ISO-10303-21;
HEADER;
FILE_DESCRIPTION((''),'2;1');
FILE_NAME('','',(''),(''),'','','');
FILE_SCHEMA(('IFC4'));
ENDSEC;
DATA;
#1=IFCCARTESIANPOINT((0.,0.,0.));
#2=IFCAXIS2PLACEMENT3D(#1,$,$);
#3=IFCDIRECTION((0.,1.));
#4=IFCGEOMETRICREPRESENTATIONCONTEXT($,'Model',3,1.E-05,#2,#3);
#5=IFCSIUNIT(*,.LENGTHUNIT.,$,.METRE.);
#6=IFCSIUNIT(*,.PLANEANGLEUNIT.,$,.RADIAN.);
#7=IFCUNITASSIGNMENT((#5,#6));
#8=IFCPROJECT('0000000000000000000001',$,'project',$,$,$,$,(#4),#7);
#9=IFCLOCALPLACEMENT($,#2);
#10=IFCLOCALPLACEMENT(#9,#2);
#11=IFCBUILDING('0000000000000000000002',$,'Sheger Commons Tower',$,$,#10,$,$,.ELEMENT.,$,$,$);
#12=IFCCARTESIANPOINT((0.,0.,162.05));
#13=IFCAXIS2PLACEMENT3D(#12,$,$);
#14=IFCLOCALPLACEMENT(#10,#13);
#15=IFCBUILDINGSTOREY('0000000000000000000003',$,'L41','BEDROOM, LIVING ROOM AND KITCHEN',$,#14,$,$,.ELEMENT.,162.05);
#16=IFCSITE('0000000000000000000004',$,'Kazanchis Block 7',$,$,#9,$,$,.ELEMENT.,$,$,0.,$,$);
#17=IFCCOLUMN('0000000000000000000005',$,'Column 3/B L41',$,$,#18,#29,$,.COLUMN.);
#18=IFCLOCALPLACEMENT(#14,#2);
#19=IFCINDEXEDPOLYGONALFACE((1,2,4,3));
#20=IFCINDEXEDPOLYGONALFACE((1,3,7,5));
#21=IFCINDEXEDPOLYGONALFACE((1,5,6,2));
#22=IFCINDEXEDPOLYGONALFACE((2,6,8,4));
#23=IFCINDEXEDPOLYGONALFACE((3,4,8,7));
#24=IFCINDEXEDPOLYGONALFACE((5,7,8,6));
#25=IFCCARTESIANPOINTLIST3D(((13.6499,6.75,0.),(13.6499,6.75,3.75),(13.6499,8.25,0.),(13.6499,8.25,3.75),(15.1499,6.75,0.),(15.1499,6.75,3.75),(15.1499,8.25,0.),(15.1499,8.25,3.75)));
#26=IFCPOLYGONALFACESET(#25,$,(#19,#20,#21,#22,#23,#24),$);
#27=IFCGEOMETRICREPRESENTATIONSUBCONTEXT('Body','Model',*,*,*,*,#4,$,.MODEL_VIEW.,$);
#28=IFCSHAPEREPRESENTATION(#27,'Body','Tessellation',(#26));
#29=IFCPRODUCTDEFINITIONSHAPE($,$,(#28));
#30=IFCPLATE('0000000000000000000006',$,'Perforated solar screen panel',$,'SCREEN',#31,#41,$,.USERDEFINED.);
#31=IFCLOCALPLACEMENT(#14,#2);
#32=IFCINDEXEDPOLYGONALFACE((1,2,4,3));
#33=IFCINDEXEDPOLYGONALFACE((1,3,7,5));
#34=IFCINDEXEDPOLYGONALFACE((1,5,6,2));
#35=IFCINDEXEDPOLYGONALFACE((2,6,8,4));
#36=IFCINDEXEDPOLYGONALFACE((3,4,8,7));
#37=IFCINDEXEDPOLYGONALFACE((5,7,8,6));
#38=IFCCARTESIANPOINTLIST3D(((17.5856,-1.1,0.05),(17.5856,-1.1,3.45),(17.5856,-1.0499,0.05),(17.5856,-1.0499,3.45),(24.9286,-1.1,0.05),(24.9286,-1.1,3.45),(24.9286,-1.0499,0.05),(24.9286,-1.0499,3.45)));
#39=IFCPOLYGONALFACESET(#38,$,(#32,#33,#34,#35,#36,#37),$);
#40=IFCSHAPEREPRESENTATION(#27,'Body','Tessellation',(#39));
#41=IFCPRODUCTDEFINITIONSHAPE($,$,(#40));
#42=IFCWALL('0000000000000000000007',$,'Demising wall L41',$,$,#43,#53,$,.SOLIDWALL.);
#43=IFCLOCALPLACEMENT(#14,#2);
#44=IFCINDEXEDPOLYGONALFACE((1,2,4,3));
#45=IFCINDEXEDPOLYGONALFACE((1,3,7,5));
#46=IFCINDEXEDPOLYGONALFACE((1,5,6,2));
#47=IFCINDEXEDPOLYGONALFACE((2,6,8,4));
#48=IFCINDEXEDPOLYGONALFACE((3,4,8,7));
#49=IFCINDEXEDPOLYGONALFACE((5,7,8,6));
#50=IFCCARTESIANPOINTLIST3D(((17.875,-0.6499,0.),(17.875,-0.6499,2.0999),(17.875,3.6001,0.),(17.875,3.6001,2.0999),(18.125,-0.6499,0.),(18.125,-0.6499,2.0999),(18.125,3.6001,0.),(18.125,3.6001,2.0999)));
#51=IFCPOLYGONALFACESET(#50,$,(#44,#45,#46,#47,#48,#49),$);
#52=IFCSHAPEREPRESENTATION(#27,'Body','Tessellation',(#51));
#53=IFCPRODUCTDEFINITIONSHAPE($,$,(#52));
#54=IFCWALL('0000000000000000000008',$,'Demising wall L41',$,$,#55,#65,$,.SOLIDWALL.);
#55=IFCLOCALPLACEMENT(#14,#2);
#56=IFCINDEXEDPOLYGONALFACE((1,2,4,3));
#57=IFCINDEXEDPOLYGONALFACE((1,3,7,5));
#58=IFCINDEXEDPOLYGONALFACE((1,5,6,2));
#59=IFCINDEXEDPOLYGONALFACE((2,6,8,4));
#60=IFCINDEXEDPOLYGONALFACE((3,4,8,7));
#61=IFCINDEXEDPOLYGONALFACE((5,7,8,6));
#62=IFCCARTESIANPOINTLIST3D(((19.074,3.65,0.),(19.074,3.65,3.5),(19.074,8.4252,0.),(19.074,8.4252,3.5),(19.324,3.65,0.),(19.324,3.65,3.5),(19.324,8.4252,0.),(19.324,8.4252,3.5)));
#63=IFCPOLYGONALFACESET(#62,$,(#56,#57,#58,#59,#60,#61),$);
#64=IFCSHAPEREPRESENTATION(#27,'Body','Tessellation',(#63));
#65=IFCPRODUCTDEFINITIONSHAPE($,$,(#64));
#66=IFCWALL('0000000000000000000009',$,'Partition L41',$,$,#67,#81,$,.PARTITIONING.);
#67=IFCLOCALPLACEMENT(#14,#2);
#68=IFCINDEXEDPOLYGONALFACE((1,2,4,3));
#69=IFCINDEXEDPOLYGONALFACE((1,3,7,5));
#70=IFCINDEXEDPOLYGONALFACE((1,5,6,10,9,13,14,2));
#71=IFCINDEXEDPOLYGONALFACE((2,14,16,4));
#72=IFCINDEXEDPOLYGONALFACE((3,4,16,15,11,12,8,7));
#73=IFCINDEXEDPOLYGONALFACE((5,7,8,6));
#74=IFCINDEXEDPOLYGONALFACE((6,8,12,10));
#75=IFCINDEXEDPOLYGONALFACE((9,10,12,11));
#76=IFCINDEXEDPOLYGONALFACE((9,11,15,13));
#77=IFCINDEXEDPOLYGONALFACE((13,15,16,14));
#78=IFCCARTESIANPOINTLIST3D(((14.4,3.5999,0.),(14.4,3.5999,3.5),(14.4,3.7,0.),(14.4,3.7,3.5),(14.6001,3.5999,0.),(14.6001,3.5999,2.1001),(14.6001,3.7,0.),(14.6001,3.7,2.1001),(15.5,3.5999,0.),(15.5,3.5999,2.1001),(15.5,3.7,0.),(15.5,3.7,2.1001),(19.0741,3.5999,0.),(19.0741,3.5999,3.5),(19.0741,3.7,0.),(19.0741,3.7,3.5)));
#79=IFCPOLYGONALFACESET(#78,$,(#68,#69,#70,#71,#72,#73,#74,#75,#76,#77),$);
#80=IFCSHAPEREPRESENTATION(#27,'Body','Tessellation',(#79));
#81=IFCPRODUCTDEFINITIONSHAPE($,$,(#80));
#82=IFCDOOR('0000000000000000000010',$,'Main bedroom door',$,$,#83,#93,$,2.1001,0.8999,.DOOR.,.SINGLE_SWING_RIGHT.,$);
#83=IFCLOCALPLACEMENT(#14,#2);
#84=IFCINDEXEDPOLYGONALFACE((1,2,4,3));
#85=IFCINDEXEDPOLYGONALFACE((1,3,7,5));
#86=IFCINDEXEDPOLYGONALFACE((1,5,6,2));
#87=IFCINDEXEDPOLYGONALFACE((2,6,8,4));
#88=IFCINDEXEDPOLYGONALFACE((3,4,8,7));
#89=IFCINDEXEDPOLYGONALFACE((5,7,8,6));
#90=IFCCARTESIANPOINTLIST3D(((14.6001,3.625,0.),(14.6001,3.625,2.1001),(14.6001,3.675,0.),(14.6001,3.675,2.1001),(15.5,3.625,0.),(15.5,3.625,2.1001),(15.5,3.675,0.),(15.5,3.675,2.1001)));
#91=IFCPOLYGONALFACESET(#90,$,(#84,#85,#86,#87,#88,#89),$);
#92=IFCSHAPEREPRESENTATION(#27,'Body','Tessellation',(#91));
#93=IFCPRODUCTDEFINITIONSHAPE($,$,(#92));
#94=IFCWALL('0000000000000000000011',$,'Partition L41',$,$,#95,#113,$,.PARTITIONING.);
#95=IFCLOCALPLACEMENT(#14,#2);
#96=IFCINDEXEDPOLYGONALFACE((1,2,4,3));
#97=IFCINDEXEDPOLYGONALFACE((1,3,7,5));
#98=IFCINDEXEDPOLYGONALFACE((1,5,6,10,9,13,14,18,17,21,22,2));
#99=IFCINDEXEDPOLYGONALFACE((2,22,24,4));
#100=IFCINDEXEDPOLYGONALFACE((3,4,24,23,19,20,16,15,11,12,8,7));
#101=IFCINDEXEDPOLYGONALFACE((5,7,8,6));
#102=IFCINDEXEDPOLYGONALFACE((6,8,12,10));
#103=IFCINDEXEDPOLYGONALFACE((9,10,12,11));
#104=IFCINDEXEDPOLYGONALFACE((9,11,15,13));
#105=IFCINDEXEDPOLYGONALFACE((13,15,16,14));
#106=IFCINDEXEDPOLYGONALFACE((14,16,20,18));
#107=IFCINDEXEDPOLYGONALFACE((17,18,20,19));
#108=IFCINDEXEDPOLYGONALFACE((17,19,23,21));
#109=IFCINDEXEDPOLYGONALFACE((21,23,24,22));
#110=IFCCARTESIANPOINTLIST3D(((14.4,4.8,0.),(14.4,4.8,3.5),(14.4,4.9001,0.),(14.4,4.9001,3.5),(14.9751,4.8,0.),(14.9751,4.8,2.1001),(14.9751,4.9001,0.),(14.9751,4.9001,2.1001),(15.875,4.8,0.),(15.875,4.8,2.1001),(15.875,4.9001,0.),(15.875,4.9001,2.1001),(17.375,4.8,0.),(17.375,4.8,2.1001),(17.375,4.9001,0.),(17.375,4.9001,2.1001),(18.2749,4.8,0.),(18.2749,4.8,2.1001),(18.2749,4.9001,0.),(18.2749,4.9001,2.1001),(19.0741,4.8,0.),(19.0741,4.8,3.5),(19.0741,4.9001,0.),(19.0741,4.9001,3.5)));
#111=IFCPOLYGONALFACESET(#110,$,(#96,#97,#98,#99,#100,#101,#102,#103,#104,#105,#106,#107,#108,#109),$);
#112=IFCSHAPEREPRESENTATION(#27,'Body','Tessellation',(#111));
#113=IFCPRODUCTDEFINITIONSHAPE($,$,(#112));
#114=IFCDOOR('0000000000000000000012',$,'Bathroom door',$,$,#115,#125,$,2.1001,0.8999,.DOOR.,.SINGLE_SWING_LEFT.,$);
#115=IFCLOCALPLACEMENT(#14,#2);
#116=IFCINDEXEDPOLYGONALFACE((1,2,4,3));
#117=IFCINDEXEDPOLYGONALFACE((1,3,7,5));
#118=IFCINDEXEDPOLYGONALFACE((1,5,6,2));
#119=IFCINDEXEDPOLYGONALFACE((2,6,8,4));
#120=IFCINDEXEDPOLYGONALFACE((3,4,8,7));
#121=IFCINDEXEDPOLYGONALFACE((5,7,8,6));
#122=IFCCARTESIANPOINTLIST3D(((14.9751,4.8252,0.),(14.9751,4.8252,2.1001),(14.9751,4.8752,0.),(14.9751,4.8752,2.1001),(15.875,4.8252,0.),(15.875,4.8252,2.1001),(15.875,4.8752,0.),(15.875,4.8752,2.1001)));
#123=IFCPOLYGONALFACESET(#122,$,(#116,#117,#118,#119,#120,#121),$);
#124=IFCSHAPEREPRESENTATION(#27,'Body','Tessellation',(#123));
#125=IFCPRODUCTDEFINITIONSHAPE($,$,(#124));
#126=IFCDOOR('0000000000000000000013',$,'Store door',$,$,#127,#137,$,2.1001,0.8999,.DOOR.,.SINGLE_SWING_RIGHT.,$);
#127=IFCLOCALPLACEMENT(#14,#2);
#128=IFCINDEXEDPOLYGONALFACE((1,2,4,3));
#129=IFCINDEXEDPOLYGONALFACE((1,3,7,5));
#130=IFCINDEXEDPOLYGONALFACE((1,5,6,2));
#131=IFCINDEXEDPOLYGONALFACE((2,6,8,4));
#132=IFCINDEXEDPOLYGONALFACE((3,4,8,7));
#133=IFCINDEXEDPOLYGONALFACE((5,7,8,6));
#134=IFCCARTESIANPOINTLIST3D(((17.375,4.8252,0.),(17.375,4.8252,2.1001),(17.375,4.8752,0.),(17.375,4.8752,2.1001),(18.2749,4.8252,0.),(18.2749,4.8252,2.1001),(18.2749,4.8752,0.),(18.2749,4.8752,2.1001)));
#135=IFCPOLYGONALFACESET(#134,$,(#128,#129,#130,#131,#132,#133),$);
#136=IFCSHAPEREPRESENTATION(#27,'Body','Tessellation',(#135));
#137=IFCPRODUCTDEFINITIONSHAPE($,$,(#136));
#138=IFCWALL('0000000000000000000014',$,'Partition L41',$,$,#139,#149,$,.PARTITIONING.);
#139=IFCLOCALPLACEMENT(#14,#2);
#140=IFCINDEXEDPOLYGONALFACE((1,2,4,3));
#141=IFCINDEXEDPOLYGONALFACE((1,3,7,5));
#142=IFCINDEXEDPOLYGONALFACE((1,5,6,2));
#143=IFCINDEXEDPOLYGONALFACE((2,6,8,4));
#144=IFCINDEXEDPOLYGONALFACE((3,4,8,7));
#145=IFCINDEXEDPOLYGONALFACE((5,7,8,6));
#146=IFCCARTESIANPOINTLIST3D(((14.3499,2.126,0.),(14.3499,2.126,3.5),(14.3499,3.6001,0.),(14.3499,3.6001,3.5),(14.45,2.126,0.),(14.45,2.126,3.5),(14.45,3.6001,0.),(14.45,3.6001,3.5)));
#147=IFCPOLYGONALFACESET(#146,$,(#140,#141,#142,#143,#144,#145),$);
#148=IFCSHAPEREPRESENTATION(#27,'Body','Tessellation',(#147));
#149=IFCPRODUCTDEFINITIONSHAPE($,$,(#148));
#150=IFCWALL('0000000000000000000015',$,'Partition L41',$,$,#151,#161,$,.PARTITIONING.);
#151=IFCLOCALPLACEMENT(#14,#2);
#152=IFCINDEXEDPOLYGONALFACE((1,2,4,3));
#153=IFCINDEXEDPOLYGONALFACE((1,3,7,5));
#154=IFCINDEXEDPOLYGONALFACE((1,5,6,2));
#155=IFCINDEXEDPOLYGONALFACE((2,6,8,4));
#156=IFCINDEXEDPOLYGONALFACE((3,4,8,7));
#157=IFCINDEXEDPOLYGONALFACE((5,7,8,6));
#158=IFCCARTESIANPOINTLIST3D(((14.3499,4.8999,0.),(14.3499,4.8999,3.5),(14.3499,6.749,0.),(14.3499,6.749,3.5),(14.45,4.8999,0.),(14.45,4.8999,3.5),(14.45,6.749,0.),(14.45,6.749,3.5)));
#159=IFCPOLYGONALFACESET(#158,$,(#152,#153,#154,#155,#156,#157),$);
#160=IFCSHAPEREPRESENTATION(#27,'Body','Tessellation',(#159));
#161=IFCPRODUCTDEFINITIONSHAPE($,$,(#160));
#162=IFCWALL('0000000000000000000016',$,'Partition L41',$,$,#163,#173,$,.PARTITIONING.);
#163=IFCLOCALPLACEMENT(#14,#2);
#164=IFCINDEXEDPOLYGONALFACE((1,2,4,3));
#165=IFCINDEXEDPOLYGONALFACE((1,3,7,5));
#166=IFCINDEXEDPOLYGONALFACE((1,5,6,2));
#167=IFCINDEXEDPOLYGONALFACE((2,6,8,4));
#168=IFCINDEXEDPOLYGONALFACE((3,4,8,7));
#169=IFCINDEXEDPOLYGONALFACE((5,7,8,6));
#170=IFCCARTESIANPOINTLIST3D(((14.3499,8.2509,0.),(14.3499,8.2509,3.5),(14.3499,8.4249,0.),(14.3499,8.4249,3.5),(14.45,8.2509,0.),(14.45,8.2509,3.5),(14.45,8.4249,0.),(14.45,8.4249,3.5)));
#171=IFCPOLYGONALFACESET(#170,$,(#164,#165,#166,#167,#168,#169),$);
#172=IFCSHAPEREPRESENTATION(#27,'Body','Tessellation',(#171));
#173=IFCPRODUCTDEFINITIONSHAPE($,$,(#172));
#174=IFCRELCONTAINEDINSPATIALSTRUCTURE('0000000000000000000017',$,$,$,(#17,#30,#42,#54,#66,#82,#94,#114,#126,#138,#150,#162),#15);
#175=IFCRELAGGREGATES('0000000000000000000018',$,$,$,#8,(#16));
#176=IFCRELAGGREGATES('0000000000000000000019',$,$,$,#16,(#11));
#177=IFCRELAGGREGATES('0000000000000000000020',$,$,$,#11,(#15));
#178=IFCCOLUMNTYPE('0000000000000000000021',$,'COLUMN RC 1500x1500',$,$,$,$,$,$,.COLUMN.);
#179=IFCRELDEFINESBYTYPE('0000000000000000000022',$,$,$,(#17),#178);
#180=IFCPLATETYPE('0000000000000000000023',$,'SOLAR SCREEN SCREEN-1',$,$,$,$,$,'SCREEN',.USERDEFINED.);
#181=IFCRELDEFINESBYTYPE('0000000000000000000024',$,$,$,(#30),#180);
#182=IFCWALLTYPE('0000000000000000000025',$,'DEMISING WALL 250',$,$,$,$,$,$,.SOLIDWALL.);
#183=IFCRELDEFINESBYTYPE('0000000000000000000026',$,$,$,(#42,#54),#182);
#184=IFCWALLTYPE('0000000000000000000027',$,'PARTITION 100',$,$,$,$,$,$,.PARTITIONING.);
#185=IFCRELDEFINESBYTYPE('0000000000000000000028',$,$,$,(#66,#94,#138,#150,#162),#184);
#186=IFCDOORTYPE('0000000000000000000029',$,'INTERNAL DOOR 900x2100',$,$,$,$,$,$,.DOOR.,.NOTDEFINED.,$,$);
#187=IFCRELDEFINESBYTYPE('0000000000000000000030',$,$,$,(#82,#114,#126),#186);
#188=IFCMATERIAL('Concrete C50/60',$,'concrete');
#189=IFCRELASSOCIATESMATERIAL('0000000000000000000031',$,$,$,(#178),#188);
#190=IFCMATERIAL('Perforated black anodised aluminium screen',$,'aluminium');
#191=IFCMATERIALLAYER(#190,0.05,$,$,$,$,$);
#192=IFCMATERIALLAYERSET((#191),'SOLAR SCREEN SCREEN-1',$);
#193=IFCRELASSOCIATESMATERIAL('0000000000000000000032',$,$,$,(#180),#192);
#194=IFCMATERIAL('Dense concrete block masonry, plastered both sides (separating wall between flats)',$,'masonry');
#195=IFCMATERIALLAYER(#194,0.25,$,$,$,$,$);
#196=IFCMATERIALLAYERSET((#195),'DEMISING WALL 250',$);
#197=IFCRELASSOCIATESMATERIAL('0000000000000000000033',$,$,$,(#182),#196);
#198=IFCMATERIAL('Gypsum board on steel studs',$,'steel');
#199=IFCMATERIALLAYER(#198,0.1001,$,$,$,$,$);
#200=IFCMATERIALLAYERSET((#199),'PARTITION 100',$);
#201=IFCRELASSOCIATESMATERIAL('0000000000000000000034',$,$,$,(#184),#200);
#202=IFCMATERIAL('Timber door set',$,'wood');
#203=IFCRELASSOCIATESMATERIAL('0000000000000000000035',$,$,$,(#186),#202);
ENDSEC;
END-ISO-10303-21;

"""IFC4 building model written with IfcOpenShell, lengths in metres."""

from ifc_helpers import new_model, si_unit, direction, frame, frame_2d, origin, origin_2d, place, context, subcontext, project, spatial, rectangle, extrude, material, layer, layer_set, material_profile, profile_set, type_object, element, fill, save


model = new_model("IFC4")

# Units and contexts
model_context = context("Model", 3, precision=1e-05, world=origin(), true_north=direction((0.0, 1.0)))
body_context = subcontext(model_context, "Body", "Model", "MODEL_VIEW")
ifc_project = project(units=[si_unit("LENGTHUNIT", "METRE"), si_unit("PLANEANGLEUNIT", "RADIAN")], contexts=[model_context])

# Site, building, storey
site_placement = place(None, origin())
site = spatial("IfcSite", under=ifc_project, at=site_placement, Name="Kazanchis Block 7", CompositionType="ELEMENT", RefElevation=0.0)
building_placement = place(site_placement, origin())
building = spatial("IfcBuilding", under=site, at=building_placement, Name="Sheger Commons Tower", CompositionType="ELEMENT")
storey_placement = place(building_placement, frame((0.0, 0.0, 162.05)))
storey = spatial("IfcBuildingStorey", under=building, at=storey_placement, Name="L41", Description="BEDROOM, LIVING ROOM AND KITCHEN", CompositionType="ELEMENT", Elevation=162.05)

# Column
ifc_material_1 = material(Name="Concrete C50/60", Category="concrete")
ifc_material_profile = material_profile(ifc_material_1, rectangle(XDim=1.5, YDim=1.5, at=origin_2d()), Name="RC 1500x1500")
ifc_profile_set = profile_set([ifc_material_profile], Name="Concrete C50/60")
column_type = type_object("IfcColumnType", Name="COLUMN RC 1500x1500", PredefinedType="COLUMN", material=ifc_profile_set)
column_placement = place(storey_placement, frame((14.3999, 7.5, 0.0), z_axis=(0.0, 0.0, 1.0), x_axis=(1.0, 0.0, 0.0)))
element("IfcColumn", 1, at=column_placement, inside=storey, type_object=column_type, Name="Column 3/B L41", PredefinedType="COLUMN", context=body_context, shape_type="SweptSolid", body=[
    extrude(rectangle(XDim=1.5, YDim=1.5, at=origin_2d()), origin(), (0.0, 0.0, 1.0), 3.75),
])

# Plate
ifc_material_2 = material(Name="Perforated black anodised aluminium screen", Category="aluminium")
ifc_layer_1 = layer(ifc_material_2, 0.05)
ifc_layer_set_1 = layer_set([ifc_layer_1], Name="SOLAR SCREEN SCREEN-1")
plate_type = type_object("IfcPlateType", Name="SOLAR SCREEN SCREEN-1", ElementType="SCREEN", PredefinedType="USERDEFINED", material=ifc_layer_set_1)
plate_placement = place(storey_placement, frame((21.2571, -1.075, 0.05), z_axis=(0.0, 0.0, 1.0), x_axis=(1.0, 0.0, 0.0)))
element("IfcPlate", 2, at=plate_placement, inside=storey, type_object=plate_type, Name="Perforated solar screen panel", ObjectType="SCREEN", PredefinedType="USERDEFINED", context=body_context, shape_type="SweptSolid", body=[
    extrude(rectangle(XDim=7.343, YDim=0.05, at=origin_2d()), origin(), (0.0, 0.0, 1.0), 3.3999),
])

# Walls
ifc_material_3 = material(Name="Dense concrete block masonry, plastered both sides (separating wall between flats)", Category="masonry")
ifc_layer_2 = layer(ifc_material_3, 0.25)
ifc_layer_set_2 = layer_set([ifc_layer_2], Name="DEMISING WALL 250")
wall_type_1 = type_object("IfcWallType", Name="DEMISING WALL 250", PredefinedType="SOLIDWALL", material=ifc_layer_set_2)
wall_1_placement = place(storey_placement, frame((18.0, -0.6499, 0.0), z_axis=(0.0, 0.0, 1.0), x_axis=(0.0, 1.0, 0.0)))
element("IfcWall", 3, at=wall_1_placement, inside=storey, type_object=wall_type_1, Name="Demising wall L41", PredefinedType="SOLIDWALL", context=body_context, shape_type="SweptSolid", body=[
    extrude(rectangle(XDim=4.25, YDim=0.25, at=frame_2d((2.125, 0.0))), origin(), (0.0, 0.0, 1.0), 2.0999),
])
wall_2_placement = place(storey_placement, frame((19.199, 3.6499, 0.0), z_axis=(0.0, 0.0, 1.0), x_axis=(0.0, 1.0, 0.0)))
element("IfcWall", 4, at=wall_2_placement, inside=storey, type_object=wall_type_1, Name="Demising wall L41", PredefinedType="SOLIDWALL", context=body_context, shape_type="SweptSolid", body=[
    extrude(rectangle(XDim=4.7751, YDim=0.25, at=frame_2d((2.3877, 0.0))), origin(), (0.0, 0.0, 1.0), 3.5),
])

# Wall, opening, door
ifc_material_4 = material(Name="Gypsum board on steel studs", Category="steel")
ifc_layer_3 = layer(ifc_material_4, 0.1001)
ifc_layer_set_3 = layer_set([ifc_layer_3], Name="PARTITION 100")
wall_type_2 = type_object("IfcWallType", Name="PARTITION 100", PredefinedType="PARTITIONING", material=ifc_layer_set_3)
wall_3_placement = place(storey_placement, frame((19.074, 3.6499, 0.0), z_axis=(0.0, 0.0, 1.0), x_axis=(-1.0, 0.0, 0.0)))
wall_3 = element("IfcWall", 5, at=wall_3_placement, inside=storey, type_object=wall_type_2, Name="Partition L41", PredefinedType="PARTITIONING", context=body_context, shape_type="SweptSolid", body=[
    extrude(rectangle(XDim=4.6741, YDim=0.1001, at=frame_2d((2.3369, 0.0))), origin(), (0.0, 0.0, 1.0), 3.5),
])
opening_1_placement = place(wall_3_placement, frame((3.574, 0.0, 0.0)))
opening_1 = element("IfcOpeningElement", 6, at=opening_1_placement, cuts=wall_3, PredefinedType="OPENING", context=body_context, shape_type="SweptSolid", body=[
    extrude(rectangle(XDim=0.8999, YDim=2.1001, at=frame_2d((0.45, 1.05))), frame((0.0, 0.0601, 0.0), z_axis=(0.0, -1.0, 0.0), x_axis=(1.0, 0.0, 0.0)), (0.0, 0.0, 1.0), 0.1201),
])
ifc_material_5 = material(Name="Timber door set", Category="wood")
door_type_1 = type_object("IfcDoorType", Name="INTERNAL DOOR 900x2100", OperationType="NOTDEFINED", PredefinedType="DOOR", material=ifc_material_5)
door_1_placement = place(opening_1_placement, origin())
door_1 = element("IfcDoor", 7, at=door_1_placement, inside=storey, type_object=door_type_1, Name="Main bedroom door", OperationType="SINGLE_SWING_RIGHT", OverallHeight=2.1001, OverallWidth=0.8999, PredefinedType="DOOR", context=body_context, shape_type="SweptSolid", body=[
    extrude(rectangle(XDim=0.8999, YDim=2.1001, at=frame_2d((0.45, 1.05))), frame((0.0, 0.0249, 0.0), z_axis=(0.0, -1.0, 0.0), x_axis=(1.0, 0.0, 0.0)), (0.0, 0.0, 1.0), 0.05),
])
fill(opening_1, door_1)

# Wall, openings, doors
wall_4_placement = place(storey_placement, frame((19.074, 4.8501, 0.0), z_axis=(0.0, 0.0, 1.0), x_axis=(-1.0, 0.0, 0.0)))
wall_4 = element("IfcWall", 8, at=wall_4_placement, inside=storey, type_object=wall_type_2, Name="Partition L41", PredefinedType="PARTITIONING", context=body_context, shape_type="SweptSolid", body=[
    extrude(rectangle(XDim=4.6741, YDim=0.1001, at=frame_2d((2.3369, 0.0))), origin(), (0.0, 0.0, 1.0), 3.5),
])
opening_2_placement = place(wall_4_placement, frame((3.199, 0.0, 0.0)))
opening_2 = element("IfcOpeningElement", 9, at=opening_2_placement, cuts=wall_4, PredefinedType="OPENING", context=body_context, shape_type="SweptSolid", body=[
    extrude(rectangle(XDim=0.8999, YDim=2.1001, at=frame_2d((0.45, 1.05))), frame((0.0, 0.0601, 0.0), z_axis=(0.0, -1.0, 0.0), x_axis=(1.0, 0.0, 0.0)), (0.0, 0.0, 1.0), 0.1201),
])
opening_3_placement = place(wall_4_placement, frame((0.7991, 0.0, 0.0)))
opening_3 = element("IfcOpeningElement", 10, at=opening_3_placement, cuts=wall_4, PredefinedType="OPENING", context=body_context, shape_type="SweptSolid", body=[
    extrude(rectangle(XDim=0.8999, YDim=2.1001, at=frame_2d((0.45, 1.05))), frame((0.0, 0.0601, 0.0), z_axis=(0.0, -1.0, 0.0), x_axis=(1.0, 0.0, 0.0)), (0.0, 0.0, 1.0), 0.1201),
])
door_2_placement = place(opening_2_placement, origin())
door_2 = element("IfcDoor", 11, at=door_2_placement, inside=storey, type_object=door_type_1, Name="Bathroom door", OperationType="SINGLE_SWING_LEFT", OverallHeight=2.1001, OverallWidth=0.8999, PredefinedType="DOOR", context=body_context, shape_type="SweptSolid", body=[
    extrude(rectangle(XDim=0.8999, YDim=2.1001, at=frame_2d((0.45, 1.05))), frame((0.0, 0.0249, 0.0), z_axis=(0.0, -1.0, 0.0), x_axis=(1.0, 0.0, 0.0)), (0.0, 0.0, 1.0), 0.05),
])
fill(opening_2, door_2)
door_3_placement = place(opening_3_placement, origin())
door_3 = element("IfcDoor", 12, at=door_3_placement, inside=storey, type_object=door_type_1, Name="Store door", OperationType="SINGLE_SWING_RIGHT", OverallHeight=2.1001, OverallWidth=0.8999, PredefinedType="DOOR", context=body_context, shape_type="SweptSolid", body=[
    extrude(rectangle(XDim=0.8999, YDim=2.1001, at=frame_2d((0.45, 1.05))), frame((0.0, 0.0249, 0.0), z_axis=(0.0, -1.0, 0.0), x_axis=(1.0, 0.0, 0.0)), (0.0, 0.0, 1.0), 0.05),
])
fill(opening_3, door_3)

# Walls
wall_5_placement = place(storey_placement, frame((14.3999, 2.126, 0.0), z_axis=(0.0, 0.0, 1.0), x_axis=(0.0, 1.0, 0.0)))
element("IfcWall", 13, at=wall_5_placement, inside=storey, type_object=wall_type_2, Name="Partition L41", PredefinedType="PARTITIONING", context=body_context, shape_type="SweptSolid", body=[
    extrude(rectangle(XDim=1.4741, YDim=0.1001, at=frame_2d((0.7371, 0.0))), origin(), (0.0, 0.0, 1.0), 3.5),
])
wall_6_placement = place(storey_placement, frame((14.3999, 4.8999, 0.0), z_axis=(0.0, 0.0, 1.0), x_axis=(0.0, 1.0, 0.0)))
element("IfcWall", 14, at=wall_6_placement, inside=storey, type_object=wall_type_2, Name="Partition L41", PredefinedType="PARTITIONING", context=body_context, shape_type="SweptSolid", body=[
    extrude(rectangle(XDim=1.8491, YDim=0.1001, at=frame_2d((0.9246, 0.0))), origin(), (0.0, 0.0, 1.0), 3.5),
])
wall_7_placement = place(storey_placement, frame((14.3999, 8.251, 0.0), z_axis=(0.0, 0.0, 1.0), x_axis=(0.0, 1.0, 0.0)))
element("IfcWall", 15, at=wall_7_placement, inside=storey, type_object=wall_type_2, Name="Partition L41", PredefinedType="PARTITIONING", context=body_context, shape_type="SweptSolid", body=[
    extrude(rectangle(XDim=0.1741, YDim=0.1001, at=frame_2d((0.0869, 0.0))), origin(), (0.0, 0.0, 1.0), 3.5),
])

save(model, "model.ifc")
